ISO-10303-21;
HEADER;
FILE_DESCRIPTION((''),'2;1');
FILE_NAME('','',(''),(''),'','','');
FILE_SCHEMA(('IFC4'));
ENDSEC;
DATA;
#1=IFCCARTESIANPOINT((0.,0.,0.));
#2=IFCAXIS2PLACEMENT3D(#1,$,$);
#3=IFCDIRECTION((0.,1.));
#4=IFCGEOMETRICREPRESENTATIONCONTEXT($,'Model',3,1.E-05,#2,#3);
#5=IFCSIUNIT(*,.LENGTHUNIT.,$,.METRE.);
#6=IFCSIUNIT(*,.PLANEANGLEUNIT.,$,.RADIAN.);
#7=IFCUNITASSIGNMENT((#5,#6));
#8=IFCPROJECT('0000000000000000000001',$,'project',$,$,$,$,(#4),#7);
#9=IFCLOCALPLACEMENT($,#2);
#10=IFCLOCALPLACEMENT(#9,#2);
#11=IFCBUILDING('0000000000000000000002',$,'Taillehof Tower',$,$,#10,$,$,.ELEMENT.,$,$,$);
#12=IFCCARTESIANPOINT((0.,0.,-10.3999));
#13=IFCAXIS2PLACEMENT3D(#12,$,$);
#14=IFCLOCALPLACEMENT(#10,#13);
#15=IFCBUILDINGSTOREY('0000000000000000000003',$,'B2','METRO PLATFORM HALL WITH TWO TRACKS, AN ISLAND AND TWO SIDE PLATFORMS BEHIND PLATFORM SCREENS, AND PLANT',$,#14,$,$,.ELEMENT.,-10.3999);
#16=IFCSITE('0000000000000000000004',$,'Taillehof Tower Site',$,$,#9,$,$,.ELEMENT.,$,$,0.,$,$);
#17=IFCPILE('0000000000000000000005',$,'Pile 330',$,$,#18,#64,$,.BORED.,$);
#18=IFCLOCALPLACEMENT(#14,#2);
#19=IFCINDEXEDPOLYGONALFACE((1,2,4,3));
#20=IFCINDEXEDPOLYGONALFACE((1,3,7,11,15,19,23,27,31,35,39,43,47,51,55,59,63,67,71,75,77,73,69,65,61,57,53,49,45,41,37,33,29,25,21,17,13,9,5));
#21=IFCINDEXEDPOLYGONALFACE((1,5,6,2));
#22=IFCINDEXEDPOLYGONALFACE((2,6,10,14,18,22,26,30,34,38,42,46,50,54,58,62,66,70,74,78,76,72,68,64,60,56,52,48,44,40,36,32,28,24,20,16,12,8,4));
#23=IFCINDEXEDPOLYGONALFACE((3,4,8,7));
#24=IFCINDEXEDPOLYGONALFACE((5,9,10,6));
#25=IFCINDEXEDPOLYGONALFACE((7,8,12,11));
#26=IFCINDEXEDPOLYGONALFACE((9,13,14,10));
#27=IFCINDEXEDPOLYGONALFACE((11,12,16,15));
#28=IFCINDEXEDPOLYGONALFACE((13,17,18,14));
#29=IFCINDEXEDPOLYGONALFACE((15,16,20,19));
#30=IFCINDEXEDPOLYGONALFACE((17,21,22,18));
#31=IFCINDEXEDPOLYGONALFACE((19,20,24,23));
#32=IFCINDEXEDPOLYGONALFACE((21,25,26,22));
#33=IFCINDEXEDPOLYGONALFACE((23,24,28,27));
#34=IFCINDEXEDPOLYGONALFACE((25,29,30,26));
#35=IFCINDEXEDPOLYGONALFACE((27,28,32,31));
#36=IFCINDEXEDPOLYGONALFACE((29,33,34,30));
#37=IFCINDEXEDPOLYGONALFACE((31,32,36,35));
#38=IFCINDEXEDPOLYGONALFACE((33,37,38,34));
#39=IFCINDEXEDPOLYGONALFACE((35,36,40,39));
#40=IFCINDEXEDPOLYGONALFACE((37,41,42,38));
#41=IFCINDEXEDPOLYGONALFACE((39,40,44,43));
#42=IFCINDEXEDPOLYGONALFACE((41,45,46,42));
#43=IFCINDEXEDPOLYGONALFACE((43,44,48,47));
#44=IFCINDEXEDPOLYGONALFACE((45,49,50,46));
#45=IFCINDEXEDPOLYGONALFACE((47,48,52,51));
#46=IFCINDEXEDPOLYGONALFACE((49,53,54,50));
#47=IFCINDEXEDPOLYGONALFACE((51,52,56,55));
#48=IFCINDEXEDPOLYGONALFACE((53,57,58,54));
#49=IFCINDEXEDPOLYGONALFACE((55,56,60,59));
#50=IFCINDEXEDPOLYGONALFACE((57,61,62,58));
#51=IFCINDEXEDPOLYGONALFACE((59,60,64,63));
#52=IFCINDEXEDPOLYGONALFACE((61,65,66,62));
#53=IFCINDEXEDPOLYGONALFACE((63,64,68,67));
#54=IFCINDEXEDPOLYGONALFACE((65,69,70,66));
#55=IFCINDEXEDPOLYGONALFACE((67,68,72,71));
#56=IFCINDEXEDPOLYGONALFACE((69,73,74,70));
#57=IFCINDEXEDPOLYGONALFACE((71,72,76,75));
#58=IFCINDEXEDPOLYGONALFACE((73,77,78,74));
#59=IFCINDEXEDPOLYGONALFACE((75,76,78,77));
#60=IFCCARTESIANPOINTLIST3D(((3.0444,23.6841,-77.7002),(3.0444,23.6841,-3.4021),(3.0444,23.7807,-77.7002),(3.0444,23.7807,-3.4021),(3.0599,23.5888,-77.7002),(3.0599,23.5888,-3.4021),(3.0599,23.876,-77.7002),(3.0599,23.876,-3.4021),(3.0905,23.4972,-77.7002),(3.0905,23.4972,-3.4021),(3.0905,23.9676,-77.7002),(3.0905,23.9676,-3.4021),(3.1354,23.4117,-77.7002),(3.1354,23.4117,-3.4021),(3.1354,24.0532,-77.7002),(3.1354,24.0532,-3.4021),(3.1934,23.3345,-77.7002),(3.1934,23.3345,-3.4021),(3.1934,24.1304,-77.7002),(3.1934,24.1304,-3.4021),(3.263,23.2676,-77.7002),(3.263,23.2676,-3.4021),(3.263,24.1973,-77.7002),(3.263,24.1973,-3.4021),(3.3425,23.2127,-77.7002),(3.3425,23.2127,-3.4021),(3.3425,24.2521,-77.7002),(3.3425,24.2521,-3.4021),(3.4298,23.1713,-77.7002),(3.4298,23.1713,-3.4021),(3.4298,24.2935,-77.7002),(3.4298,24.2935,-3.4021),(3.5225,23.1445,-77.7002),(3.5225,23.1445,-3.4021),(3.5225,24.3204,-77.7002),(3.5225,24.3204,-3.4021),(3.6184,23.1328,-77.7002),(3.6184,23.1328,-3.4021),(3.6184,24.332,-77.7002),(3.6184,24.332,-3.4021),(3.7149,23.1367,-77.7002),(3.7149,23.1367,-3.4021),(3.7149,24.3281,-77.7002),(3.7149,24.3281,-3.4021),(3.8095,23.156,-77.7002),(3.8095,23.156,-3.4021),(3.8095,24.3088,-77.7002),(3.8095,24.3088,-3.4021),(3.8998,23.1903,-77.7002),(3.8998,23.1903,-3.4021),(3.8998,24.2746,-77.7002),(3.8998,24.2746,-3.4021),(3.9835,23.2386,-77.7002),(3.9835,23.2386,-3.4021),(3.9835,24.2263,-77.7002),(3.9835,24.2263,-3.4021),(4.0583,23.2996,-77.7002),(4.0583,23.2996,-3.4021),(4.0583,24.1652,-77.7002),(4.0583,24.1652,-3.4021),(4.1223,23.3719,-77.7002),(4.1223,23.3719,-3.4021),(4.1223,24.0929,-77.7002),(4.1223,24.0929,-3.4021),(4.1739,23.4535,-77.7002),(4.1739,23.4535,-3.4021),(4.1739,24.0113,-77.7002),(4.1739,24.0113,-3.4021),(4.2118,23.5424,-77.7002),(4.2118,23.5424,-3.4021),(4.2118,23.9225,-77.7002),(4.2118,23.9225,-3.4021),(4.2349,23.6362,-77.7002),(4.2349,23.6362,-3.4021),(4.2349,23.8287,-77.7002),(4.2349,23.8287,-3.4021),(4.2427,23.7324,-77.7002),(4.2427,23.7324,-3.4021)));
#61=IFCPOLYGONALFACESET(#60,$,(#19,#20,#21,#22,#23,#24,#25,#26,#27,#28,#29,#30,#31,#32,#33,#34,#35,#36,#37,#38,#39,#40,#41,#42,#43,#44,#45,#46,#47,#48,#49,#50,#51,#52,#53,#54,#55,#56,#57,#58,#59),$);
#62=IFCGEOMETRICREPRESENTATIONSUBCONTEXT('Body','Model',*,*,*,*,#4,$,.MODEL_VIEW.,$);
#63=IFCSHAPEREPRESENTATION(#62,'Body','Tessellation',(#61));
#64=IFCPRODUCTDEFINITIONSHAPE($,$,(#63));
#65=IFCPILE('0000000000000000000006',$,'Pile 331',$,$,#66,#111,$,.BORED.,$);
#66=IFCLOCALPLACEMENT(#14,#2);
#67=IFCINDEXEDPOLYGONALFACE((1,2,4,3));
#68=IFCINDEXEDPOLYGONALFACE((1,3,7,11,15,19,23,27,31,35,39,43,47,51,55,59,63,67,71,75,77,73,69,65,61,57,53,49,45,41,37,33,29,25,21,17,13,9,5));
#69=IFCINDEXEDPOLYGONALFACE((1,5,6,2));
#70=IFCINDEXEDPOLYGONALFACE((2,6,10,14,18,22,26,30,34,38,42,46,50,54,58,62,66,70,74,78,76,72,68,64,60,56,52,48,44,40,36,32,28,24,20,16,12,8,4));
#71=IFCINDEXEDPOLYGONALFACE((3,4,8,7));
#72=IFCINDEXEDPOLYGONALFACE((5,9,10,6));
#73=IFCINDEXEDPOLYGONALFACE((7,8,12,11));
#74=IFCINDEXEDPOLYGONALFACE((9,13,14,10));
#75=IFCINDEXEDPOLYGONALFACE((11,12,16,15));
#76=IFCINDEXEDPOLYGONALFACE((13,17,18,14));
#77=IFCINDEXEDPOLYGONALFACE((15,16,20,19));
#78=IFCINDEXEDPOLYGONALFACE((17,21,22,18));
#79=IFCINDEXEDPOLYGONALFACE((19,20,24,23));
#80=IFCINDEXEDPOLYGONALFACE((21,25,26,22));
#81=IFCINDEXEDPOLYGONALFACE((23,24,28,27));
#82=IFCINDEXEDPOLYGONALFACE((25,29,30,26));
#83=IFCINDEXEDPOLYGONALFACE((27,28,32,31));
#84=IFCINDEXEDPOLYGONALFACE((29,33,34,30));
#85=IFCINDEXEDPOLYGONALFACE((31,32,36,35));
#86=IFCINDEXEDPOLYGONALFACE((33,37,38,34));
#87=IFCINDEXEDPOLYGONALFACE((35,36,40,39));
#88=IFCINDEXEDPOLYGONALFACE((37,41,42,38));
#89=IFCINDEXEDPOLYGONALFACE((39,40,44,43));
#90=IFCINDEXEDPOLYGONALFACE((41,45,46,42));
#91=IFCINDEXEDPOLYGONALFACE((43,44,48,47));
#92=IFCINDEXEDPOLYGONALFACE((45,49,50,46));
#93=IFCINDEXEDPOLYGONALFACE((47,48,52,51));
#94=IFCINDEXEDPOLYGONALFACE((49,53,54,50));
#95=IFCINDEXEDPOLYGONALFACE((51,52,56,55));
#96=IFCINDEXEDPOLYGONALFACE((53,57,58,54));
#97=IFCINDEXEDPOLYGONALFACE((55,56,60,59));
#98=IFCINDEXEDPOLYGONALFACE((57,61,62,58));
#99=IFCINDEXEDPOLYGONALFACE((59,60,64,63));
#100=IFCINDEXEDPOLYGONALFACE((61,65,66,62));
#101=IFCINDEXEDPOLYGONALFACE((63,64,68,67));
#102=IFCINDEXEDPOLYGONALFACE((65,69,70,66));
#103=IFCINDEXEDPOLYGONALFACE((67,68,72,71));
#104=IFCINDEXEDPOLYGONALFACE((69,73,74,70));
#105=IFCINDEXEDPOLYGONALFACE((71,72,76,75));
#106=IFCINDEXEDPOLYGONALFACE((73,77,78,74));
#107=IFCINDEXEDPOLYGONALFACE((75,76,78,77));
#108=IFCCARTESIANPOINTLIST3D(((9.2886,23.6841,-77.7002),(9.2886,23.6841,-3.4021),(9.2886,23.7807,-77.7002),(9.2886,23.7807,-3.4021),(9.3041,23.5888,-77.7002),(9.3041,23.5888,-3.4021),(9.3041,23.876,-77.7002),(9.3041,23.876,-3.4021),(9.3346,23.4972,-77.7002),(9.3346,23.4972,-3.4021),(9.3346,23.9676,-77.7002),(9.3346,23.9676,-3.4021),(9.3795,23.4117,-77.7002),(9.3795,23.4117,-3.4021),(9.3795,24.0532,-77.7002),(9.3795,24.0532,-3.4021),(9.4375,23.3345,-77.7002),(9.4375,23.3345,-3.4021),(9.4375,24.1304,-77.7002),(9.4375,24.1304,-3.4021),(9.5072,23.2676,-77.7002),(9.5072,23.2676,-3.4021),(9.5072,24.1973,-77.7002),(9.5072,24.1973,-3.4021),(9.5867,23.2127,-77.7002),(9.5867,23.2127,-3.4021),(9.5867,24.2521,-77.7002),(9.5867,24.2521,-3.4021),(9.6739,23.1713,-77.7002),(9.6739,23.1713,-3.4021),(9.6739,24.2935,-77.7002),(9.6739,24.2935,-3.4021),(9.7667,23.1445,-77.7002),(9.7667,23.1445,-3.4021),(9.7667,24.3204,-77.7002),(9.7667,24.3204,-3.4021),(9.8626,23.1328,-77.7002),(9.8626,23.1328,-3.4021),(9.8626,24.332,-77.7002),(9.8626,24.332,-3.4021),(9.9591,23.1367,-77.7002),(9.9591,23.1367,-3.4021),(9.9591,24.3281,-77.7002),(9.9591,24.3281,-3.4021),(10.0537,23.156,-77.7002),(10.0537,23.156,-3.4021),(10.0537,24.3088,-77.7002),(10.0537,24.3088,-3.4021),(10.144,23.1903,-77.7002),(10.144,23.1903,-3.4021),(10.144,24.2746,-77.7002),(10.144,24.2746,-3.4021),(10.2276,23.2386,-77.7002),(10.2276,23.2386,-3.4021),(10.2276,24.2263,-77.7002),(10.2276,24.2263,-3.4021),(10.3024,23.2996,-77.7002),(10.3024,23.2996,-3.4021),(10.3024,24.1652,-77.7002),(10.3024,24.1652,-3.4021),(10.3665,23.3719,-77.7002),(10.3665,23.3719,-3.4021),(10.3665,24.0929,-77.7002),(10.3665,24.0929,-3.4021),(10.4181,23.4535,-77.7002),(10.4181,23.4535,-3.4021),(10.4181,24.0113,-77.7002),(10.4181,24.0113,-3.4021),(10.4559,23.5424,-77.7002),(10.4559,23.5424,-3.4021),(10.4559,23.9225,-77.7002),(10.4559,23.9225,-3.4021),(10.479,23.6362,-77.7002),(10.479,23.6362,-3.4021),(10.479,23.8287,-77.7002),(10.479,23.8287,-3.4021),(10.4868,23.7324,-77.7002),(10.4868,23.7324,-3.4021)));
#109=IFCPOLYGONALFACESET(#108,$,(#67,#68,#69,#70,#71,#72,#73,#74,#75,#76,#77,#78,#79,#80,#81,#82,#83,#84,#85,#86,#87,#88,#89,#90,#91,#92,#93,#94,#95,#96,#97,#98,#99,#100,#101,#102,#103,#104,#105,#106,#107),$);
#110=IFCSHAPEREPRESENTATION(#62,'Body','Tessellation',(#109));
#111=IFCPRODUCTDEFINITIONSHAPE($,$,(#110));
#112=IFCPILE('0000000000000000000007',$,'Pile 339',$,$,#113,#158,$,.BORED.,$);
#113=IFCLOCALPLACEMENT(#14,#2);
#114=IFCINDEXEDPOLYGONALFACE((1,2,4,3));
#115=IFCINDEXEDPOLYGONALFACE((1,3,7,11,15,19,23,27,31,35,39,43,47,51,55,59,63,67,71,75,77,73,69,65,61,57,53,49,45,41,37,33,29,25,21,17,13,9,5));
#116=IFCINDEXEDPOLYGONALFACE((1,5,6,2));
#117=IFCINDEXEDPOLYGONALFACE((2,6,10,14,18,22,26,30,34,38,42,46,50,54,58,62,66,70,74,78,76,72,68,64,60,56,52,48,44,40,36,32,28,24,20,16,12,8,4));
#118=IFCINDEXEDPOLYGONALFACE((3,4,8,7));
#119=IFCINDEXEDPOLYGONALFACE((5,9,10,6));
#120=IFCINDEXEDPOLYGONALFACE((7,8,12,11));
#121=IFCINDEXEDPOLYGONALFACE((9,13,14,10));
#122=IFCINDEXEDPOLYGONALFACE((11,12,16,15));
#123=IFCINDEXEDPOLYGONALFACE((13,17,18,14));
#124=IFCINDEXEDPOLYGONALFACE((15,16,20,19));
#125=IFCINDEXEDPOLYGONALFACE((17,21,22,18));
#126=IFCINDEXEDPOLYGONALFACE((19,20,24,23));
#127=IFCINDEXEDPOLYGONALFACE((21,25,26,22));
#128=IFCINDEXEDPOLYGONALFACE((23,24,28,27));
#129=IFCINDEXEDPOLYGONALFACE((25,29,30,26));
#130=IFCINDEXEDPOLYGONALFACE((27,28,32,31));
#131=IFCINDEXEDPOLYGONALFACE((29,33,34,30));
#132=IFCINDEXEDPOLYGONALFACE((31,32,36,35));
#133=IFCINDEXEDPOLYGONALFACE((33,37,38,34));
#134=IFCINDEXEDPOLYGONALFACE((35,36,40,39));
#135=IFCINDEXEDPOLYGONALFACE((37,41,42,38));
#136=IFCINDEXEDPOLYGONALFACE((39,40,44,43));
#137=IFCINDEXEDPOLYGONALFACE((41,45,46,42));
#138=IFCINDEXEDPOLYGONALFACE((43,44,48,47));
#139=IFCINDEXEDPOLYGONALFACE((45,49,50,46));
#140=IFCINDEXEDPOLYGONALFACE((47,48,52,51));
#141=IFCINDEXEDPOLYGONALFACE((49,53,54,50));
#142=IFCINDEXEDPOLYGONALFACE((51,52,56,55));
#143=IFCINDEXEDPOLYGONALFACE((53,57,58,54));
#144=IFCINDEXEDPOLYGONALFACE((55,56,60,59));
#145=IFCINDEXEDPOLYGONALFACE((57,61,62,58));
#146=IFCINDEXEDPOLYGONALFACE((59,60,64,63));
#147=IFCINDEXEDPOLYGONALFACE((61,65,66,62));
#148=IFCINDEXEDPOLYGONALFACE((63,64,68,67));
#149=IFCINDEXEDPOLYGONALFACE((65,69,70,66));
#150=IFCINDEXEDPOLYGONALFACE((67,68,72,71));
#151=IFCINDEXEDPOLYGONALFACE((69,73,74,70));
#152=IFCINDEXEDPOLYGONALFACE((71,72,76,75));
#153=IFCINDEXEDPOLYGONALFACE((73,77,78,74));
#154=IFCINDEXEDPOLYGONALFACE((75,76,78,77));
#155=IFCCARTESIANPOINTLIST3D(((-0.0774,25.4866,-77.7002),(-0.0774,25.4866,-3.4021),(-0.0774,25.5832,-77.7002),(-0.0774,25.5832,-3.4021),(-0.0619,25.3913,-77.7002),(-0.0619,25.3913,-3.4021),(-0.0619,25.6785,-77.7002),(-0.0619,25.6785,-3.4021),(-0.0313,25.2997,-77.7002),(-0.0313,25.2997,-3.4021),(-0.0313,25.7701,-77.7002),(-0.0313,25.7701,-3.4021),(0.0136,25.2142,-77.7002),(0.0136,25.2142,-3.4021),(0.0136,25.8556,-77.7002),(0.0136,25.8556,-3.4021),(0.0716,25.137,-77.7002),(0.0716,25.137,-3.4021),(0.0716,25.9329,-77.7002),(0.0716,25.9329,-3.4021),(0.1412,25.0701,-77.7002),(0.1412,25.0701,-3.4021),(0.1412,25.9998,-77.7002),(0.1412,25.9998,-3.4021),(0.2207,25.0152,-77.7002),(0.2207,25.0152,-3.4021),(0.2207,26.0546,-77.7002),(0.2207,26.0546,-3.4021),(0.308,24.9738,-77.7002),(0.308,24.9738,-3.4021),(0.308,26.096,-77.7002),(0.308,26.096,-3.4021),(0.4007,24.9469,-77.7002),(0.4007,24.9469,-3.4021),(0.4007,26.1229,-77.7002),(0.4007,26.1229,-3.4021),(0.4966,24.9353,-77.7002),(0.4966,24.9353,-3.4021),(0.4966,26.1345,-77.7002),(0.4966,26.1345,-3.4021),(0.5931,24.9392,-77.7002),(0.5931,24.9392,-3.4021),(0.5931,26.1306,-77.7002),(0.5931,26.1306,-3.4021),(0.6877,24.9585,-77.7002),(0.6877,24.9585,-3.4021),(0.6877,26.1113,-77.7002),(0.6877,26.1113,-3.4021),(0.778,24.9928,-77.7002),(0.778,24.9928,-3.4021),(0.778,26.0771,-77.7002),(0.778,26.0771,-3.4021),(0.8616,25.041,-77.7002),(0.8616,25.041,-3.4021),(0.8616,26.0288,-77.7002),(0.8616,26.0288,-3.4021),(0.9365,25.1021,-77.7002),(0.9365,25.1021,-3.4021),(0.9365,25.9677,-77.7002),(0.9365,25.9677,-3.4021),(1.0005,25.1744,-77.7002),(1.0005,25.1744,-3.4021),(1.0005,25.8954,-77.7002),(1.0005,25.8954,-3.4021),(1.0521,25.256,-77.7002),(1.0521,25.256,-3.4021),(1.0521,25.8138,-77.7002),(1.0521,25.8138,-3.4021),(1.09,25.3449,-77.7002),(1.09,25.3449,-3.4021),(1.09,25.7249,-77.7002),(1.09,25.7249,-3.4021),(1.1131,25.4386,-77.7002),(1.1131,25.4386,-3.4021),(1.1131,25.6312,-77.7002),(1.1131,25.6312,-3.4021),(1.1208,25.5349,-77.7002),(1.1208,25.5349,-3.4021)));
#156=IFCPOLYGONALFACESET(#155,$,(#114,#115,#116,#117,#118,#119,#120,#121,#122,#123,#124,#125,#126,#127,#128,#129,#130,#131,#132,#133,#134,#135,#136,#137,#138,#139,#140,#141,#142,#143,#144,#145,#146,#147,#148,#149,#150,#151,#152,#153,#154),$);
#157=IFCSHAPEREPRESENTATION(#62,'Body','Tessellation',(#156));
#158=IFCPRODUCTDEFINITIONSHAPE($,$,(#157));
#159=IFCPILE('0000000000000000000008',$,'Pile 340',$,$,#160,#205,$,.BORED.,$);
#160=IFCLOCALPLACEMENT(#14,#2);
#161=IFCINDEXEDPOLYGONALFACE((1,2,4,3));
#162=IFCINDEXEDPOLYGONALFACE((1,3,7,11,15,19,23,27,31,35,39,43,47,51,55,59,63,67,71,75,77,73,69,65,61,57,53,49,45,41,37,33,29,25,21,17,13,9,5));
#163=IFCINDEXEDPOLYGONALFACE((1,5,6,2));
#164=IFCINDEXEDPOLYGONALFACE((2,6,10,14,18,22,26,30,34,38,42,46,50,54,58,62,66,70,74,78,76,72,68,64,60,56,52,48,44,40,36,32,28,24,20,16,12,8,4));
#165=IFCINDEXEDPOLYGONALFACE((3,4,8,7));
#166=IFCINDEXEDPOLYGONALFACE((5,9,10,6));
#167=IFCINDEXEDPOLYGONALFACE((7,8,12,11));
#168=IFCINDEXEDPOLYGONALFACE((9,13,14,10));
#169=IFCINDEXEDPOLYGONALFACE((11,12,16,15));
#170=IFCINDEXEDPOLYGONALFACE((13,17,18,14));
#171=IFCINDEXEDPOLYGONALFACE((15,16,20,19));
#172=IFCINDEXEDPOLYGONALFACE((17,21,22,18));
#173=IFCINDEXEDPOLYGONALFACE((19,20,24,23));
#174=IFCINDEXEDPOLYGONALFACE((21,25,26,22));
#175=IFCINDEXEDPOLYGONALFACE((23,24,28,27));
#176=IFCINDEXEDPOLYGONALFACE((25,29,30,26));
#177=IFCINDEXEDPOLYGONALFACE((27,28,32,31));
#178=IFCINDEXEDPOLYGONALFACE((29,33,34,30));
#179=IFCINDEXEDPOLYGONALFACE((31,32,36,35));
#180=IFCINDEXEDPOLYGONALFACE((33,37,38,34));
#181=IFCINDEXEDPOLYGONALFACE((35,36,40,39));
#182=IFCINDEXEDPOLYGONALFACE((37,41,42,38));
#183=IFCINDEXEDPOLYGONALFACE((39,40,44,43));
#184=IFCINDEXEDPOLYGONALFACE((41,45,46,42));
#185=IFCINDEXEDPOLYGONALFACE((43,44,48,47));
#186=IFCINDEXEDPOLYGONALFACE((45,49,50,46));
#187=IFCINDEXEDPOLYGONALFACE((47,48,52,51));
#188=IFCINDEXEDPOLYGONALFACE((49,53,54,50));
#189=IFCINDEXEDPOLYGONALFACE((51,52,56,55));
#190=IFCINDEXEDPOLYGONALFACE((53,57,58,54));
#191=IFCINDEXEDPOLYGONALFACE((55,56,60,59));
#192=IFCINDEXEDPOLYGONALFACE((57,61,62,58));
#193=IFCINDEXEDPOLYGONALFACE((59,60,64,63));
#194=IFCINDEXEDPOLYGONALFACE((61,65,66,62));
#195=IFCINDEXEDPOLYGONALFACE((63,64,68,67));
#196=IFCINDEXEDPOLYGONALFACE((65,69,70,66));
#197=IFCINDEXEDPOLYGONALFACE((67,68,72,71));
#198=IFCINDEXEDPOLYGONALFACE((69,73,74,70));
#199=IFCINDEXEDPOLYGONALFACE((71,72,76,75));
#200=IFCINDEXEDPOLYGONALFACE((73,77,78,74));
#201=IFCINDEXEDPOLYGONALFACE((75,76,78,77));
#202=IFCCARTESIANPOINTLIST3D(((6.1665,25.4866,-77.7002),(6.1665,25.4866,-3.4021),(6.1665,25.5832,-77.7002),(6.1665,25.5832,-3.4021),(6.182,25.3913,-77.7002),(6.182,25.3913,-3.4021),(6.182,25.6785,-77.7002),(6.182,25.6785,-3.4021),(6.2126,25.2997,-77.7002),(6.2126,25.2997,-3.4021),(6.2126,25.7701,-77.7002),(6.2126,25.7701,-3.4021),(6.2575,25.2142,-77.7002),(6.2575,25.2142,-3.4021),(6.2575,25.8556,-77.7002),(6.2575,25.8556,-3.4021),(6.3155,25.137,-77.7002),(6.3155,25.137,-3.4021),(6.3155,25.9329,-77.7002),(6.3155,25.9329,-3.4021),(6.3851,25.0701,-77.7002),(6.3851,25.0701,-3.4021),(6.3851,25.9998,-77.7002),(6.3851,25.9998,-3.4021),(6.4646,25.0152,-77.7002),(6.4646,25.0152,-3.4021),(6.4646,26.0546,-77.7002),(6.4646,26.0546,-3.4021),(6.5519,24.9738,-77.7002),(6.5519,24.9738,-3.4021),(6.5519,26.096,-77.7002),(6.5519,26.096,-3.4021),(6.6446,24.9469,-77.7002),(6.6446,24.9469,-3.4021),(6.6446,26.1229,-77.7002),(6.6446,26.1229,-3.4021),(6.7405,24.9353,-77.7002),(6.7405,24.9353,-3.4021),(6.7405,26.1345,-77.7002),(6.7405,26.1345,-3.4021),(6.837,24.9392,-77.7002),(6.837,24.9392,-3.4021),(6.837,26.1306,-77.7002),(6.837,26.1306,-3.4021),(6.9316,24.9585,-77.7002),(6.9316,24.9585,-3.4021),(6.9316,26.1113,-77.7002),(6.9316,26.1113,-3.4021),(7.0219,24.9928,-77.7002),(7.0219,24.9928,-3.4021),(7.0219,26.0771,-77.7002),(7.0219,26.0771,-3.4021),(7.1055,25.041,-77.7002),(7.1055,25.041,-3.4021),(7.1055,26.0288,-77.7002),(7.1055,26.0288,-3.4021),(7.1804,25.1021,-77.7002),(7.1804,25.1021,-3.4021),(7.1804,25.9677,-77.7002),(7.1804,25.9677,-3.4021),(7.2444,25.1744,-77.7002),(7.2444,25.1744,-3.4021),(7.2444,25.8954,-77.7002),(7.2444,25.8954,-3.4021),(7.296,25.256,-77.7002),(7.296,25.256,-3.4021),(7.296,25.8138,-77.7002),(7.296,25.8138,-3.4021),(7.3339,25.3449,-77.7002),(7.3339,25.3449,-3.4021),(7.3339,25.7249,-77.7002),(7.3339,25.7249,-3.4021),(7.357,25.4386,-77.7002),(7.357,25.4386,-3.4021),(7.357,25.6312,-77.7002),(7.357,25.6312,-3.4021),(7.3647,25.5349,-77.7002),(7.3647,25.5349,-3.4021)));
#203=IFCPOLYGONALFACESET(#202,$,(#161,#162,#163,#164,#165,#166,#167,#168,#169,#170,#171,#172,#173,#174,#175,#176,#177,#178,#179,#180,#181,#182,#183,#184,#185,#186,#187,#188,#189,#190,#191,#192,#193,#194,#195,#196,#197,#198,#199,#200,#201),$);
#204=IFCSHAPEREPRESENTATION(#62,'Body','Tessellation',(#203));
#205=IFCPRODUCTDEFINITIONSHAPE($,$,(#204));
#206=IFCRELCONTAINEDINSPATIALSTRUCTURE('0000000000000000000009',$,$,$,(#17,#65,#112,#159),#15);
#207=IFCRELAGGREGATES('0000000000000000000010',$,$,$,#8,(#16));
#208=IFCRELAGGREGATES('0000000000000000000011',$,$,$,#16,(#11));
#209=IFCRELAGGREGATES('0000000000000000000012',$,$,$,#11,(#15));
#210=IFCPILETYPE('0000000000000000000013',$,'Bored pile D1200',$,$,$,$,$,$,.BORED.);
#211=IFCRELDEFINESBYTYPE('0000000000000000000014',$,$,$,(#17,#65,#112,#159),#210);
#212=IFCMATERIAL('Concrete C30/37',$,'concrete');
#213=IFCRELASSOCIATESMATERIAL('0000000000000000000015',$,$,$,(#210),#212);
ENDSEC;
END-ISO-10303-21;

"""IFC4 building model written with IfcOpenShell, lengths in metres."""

from ifc_helpers import new_model, si_unit, direction, frame, origin, origin_2d, place, context, subcontext, project, spatial, circle, extrude, material, material_profile, profile_set, type_object, element, save


model = new_model("IFC4")

# Units and contexts
model_context = context("Model", 3, precision=1e-05, world=origin(), true_north=direction((0.0, 1.0)))
body_context = subcontext(model_context, "Body", "Model", "MODEL_VIEW")
ifc_project = project(units=[si_unit("LENGTHUNIT", "METRE"), si_unit("PLANEANGLEUNIT", "RADIAN")], contexts=[model_context])

# Site, building, storey
site_placement = place(None, origin())
site = spatial("IfcSite", under=ifc_project, at=site_placement, Name="Taillehof Tower Site", CompositionType="ELEMENT", RefElevation=0.0)
building_placement = place(site_placement, origin())
building = spatial("IfcBuilding", under=site, at=building_placement, Name="Taillehof Tower", CompositionType="ELEMENT")
storey_placement = place(building_placement, frame((0.0, 0.0, -10.3999)))
storey = spatial("IfcBuildingStorey", under=building, at=storey_placement, Name="B2", Description="METRO PLATFORM HALL WITH TWO TRACKS, AN ISLAND AND TWO SIDE PLATFORMS BEHIND PLATFORM SCREENS, AND PLANT", CompositionType="ELEMENT", Elevation=-10.3999)

# Piles
ifc_material_1 = material(Name="Concrete C30/37", Category="concrete")
ifc_material_profile_1 = material_profile(ifc_material_1, circle(Radius=0.6001, at=origin_2d()), Name="BP D1200")
ifc_profile_set_1 = profile_set([ifc_material_profile_1], Name="Concrete C30/37")
pile_type = type_object("IfcPileType", Name="Bored pile D1200", PredefinedType="BORED", material=ifc_profile_set_1)
for number, where, z_axis, x_axis, name in (
    (1, (3.6426, 23.7324, -3.4021), (0.0, 0.0, -1.0), (1.0, 0.0, 0.0), "Pile 330"),
    (2, (9.8867, 23.7324, -3.4021), (0.0, 0.0, -1.0), (1.0, 0.0, 0.0), "Pile 331"),
    (3, (0.5208, 25.5349, -3.4021), (0.0, 0.0, -1.0), (1.0, 0.0, 0.0), "Pile 339"),
    (4, (6.7646, 25.5349, -3.4021), (0.0, 0.0, -1.0), (1.0, 0.0, 0.0), "Pile 340"),
):
    element("IfcPile", number, at=place(storey_placement, frame(where, z_axis=z_axis, x_axis=x_axis)), inside=storey, type_object=pile_type, Name=name, PredefinedType="BORED", context=body_context, shape_type="SweptSolid", body=[
        extrude(circle(Radius=0.6001, at=origin_2d()), origin(), (0.0, 0.0, 1.0), 74.2981),
    ])

save(model, "model.ifc")
